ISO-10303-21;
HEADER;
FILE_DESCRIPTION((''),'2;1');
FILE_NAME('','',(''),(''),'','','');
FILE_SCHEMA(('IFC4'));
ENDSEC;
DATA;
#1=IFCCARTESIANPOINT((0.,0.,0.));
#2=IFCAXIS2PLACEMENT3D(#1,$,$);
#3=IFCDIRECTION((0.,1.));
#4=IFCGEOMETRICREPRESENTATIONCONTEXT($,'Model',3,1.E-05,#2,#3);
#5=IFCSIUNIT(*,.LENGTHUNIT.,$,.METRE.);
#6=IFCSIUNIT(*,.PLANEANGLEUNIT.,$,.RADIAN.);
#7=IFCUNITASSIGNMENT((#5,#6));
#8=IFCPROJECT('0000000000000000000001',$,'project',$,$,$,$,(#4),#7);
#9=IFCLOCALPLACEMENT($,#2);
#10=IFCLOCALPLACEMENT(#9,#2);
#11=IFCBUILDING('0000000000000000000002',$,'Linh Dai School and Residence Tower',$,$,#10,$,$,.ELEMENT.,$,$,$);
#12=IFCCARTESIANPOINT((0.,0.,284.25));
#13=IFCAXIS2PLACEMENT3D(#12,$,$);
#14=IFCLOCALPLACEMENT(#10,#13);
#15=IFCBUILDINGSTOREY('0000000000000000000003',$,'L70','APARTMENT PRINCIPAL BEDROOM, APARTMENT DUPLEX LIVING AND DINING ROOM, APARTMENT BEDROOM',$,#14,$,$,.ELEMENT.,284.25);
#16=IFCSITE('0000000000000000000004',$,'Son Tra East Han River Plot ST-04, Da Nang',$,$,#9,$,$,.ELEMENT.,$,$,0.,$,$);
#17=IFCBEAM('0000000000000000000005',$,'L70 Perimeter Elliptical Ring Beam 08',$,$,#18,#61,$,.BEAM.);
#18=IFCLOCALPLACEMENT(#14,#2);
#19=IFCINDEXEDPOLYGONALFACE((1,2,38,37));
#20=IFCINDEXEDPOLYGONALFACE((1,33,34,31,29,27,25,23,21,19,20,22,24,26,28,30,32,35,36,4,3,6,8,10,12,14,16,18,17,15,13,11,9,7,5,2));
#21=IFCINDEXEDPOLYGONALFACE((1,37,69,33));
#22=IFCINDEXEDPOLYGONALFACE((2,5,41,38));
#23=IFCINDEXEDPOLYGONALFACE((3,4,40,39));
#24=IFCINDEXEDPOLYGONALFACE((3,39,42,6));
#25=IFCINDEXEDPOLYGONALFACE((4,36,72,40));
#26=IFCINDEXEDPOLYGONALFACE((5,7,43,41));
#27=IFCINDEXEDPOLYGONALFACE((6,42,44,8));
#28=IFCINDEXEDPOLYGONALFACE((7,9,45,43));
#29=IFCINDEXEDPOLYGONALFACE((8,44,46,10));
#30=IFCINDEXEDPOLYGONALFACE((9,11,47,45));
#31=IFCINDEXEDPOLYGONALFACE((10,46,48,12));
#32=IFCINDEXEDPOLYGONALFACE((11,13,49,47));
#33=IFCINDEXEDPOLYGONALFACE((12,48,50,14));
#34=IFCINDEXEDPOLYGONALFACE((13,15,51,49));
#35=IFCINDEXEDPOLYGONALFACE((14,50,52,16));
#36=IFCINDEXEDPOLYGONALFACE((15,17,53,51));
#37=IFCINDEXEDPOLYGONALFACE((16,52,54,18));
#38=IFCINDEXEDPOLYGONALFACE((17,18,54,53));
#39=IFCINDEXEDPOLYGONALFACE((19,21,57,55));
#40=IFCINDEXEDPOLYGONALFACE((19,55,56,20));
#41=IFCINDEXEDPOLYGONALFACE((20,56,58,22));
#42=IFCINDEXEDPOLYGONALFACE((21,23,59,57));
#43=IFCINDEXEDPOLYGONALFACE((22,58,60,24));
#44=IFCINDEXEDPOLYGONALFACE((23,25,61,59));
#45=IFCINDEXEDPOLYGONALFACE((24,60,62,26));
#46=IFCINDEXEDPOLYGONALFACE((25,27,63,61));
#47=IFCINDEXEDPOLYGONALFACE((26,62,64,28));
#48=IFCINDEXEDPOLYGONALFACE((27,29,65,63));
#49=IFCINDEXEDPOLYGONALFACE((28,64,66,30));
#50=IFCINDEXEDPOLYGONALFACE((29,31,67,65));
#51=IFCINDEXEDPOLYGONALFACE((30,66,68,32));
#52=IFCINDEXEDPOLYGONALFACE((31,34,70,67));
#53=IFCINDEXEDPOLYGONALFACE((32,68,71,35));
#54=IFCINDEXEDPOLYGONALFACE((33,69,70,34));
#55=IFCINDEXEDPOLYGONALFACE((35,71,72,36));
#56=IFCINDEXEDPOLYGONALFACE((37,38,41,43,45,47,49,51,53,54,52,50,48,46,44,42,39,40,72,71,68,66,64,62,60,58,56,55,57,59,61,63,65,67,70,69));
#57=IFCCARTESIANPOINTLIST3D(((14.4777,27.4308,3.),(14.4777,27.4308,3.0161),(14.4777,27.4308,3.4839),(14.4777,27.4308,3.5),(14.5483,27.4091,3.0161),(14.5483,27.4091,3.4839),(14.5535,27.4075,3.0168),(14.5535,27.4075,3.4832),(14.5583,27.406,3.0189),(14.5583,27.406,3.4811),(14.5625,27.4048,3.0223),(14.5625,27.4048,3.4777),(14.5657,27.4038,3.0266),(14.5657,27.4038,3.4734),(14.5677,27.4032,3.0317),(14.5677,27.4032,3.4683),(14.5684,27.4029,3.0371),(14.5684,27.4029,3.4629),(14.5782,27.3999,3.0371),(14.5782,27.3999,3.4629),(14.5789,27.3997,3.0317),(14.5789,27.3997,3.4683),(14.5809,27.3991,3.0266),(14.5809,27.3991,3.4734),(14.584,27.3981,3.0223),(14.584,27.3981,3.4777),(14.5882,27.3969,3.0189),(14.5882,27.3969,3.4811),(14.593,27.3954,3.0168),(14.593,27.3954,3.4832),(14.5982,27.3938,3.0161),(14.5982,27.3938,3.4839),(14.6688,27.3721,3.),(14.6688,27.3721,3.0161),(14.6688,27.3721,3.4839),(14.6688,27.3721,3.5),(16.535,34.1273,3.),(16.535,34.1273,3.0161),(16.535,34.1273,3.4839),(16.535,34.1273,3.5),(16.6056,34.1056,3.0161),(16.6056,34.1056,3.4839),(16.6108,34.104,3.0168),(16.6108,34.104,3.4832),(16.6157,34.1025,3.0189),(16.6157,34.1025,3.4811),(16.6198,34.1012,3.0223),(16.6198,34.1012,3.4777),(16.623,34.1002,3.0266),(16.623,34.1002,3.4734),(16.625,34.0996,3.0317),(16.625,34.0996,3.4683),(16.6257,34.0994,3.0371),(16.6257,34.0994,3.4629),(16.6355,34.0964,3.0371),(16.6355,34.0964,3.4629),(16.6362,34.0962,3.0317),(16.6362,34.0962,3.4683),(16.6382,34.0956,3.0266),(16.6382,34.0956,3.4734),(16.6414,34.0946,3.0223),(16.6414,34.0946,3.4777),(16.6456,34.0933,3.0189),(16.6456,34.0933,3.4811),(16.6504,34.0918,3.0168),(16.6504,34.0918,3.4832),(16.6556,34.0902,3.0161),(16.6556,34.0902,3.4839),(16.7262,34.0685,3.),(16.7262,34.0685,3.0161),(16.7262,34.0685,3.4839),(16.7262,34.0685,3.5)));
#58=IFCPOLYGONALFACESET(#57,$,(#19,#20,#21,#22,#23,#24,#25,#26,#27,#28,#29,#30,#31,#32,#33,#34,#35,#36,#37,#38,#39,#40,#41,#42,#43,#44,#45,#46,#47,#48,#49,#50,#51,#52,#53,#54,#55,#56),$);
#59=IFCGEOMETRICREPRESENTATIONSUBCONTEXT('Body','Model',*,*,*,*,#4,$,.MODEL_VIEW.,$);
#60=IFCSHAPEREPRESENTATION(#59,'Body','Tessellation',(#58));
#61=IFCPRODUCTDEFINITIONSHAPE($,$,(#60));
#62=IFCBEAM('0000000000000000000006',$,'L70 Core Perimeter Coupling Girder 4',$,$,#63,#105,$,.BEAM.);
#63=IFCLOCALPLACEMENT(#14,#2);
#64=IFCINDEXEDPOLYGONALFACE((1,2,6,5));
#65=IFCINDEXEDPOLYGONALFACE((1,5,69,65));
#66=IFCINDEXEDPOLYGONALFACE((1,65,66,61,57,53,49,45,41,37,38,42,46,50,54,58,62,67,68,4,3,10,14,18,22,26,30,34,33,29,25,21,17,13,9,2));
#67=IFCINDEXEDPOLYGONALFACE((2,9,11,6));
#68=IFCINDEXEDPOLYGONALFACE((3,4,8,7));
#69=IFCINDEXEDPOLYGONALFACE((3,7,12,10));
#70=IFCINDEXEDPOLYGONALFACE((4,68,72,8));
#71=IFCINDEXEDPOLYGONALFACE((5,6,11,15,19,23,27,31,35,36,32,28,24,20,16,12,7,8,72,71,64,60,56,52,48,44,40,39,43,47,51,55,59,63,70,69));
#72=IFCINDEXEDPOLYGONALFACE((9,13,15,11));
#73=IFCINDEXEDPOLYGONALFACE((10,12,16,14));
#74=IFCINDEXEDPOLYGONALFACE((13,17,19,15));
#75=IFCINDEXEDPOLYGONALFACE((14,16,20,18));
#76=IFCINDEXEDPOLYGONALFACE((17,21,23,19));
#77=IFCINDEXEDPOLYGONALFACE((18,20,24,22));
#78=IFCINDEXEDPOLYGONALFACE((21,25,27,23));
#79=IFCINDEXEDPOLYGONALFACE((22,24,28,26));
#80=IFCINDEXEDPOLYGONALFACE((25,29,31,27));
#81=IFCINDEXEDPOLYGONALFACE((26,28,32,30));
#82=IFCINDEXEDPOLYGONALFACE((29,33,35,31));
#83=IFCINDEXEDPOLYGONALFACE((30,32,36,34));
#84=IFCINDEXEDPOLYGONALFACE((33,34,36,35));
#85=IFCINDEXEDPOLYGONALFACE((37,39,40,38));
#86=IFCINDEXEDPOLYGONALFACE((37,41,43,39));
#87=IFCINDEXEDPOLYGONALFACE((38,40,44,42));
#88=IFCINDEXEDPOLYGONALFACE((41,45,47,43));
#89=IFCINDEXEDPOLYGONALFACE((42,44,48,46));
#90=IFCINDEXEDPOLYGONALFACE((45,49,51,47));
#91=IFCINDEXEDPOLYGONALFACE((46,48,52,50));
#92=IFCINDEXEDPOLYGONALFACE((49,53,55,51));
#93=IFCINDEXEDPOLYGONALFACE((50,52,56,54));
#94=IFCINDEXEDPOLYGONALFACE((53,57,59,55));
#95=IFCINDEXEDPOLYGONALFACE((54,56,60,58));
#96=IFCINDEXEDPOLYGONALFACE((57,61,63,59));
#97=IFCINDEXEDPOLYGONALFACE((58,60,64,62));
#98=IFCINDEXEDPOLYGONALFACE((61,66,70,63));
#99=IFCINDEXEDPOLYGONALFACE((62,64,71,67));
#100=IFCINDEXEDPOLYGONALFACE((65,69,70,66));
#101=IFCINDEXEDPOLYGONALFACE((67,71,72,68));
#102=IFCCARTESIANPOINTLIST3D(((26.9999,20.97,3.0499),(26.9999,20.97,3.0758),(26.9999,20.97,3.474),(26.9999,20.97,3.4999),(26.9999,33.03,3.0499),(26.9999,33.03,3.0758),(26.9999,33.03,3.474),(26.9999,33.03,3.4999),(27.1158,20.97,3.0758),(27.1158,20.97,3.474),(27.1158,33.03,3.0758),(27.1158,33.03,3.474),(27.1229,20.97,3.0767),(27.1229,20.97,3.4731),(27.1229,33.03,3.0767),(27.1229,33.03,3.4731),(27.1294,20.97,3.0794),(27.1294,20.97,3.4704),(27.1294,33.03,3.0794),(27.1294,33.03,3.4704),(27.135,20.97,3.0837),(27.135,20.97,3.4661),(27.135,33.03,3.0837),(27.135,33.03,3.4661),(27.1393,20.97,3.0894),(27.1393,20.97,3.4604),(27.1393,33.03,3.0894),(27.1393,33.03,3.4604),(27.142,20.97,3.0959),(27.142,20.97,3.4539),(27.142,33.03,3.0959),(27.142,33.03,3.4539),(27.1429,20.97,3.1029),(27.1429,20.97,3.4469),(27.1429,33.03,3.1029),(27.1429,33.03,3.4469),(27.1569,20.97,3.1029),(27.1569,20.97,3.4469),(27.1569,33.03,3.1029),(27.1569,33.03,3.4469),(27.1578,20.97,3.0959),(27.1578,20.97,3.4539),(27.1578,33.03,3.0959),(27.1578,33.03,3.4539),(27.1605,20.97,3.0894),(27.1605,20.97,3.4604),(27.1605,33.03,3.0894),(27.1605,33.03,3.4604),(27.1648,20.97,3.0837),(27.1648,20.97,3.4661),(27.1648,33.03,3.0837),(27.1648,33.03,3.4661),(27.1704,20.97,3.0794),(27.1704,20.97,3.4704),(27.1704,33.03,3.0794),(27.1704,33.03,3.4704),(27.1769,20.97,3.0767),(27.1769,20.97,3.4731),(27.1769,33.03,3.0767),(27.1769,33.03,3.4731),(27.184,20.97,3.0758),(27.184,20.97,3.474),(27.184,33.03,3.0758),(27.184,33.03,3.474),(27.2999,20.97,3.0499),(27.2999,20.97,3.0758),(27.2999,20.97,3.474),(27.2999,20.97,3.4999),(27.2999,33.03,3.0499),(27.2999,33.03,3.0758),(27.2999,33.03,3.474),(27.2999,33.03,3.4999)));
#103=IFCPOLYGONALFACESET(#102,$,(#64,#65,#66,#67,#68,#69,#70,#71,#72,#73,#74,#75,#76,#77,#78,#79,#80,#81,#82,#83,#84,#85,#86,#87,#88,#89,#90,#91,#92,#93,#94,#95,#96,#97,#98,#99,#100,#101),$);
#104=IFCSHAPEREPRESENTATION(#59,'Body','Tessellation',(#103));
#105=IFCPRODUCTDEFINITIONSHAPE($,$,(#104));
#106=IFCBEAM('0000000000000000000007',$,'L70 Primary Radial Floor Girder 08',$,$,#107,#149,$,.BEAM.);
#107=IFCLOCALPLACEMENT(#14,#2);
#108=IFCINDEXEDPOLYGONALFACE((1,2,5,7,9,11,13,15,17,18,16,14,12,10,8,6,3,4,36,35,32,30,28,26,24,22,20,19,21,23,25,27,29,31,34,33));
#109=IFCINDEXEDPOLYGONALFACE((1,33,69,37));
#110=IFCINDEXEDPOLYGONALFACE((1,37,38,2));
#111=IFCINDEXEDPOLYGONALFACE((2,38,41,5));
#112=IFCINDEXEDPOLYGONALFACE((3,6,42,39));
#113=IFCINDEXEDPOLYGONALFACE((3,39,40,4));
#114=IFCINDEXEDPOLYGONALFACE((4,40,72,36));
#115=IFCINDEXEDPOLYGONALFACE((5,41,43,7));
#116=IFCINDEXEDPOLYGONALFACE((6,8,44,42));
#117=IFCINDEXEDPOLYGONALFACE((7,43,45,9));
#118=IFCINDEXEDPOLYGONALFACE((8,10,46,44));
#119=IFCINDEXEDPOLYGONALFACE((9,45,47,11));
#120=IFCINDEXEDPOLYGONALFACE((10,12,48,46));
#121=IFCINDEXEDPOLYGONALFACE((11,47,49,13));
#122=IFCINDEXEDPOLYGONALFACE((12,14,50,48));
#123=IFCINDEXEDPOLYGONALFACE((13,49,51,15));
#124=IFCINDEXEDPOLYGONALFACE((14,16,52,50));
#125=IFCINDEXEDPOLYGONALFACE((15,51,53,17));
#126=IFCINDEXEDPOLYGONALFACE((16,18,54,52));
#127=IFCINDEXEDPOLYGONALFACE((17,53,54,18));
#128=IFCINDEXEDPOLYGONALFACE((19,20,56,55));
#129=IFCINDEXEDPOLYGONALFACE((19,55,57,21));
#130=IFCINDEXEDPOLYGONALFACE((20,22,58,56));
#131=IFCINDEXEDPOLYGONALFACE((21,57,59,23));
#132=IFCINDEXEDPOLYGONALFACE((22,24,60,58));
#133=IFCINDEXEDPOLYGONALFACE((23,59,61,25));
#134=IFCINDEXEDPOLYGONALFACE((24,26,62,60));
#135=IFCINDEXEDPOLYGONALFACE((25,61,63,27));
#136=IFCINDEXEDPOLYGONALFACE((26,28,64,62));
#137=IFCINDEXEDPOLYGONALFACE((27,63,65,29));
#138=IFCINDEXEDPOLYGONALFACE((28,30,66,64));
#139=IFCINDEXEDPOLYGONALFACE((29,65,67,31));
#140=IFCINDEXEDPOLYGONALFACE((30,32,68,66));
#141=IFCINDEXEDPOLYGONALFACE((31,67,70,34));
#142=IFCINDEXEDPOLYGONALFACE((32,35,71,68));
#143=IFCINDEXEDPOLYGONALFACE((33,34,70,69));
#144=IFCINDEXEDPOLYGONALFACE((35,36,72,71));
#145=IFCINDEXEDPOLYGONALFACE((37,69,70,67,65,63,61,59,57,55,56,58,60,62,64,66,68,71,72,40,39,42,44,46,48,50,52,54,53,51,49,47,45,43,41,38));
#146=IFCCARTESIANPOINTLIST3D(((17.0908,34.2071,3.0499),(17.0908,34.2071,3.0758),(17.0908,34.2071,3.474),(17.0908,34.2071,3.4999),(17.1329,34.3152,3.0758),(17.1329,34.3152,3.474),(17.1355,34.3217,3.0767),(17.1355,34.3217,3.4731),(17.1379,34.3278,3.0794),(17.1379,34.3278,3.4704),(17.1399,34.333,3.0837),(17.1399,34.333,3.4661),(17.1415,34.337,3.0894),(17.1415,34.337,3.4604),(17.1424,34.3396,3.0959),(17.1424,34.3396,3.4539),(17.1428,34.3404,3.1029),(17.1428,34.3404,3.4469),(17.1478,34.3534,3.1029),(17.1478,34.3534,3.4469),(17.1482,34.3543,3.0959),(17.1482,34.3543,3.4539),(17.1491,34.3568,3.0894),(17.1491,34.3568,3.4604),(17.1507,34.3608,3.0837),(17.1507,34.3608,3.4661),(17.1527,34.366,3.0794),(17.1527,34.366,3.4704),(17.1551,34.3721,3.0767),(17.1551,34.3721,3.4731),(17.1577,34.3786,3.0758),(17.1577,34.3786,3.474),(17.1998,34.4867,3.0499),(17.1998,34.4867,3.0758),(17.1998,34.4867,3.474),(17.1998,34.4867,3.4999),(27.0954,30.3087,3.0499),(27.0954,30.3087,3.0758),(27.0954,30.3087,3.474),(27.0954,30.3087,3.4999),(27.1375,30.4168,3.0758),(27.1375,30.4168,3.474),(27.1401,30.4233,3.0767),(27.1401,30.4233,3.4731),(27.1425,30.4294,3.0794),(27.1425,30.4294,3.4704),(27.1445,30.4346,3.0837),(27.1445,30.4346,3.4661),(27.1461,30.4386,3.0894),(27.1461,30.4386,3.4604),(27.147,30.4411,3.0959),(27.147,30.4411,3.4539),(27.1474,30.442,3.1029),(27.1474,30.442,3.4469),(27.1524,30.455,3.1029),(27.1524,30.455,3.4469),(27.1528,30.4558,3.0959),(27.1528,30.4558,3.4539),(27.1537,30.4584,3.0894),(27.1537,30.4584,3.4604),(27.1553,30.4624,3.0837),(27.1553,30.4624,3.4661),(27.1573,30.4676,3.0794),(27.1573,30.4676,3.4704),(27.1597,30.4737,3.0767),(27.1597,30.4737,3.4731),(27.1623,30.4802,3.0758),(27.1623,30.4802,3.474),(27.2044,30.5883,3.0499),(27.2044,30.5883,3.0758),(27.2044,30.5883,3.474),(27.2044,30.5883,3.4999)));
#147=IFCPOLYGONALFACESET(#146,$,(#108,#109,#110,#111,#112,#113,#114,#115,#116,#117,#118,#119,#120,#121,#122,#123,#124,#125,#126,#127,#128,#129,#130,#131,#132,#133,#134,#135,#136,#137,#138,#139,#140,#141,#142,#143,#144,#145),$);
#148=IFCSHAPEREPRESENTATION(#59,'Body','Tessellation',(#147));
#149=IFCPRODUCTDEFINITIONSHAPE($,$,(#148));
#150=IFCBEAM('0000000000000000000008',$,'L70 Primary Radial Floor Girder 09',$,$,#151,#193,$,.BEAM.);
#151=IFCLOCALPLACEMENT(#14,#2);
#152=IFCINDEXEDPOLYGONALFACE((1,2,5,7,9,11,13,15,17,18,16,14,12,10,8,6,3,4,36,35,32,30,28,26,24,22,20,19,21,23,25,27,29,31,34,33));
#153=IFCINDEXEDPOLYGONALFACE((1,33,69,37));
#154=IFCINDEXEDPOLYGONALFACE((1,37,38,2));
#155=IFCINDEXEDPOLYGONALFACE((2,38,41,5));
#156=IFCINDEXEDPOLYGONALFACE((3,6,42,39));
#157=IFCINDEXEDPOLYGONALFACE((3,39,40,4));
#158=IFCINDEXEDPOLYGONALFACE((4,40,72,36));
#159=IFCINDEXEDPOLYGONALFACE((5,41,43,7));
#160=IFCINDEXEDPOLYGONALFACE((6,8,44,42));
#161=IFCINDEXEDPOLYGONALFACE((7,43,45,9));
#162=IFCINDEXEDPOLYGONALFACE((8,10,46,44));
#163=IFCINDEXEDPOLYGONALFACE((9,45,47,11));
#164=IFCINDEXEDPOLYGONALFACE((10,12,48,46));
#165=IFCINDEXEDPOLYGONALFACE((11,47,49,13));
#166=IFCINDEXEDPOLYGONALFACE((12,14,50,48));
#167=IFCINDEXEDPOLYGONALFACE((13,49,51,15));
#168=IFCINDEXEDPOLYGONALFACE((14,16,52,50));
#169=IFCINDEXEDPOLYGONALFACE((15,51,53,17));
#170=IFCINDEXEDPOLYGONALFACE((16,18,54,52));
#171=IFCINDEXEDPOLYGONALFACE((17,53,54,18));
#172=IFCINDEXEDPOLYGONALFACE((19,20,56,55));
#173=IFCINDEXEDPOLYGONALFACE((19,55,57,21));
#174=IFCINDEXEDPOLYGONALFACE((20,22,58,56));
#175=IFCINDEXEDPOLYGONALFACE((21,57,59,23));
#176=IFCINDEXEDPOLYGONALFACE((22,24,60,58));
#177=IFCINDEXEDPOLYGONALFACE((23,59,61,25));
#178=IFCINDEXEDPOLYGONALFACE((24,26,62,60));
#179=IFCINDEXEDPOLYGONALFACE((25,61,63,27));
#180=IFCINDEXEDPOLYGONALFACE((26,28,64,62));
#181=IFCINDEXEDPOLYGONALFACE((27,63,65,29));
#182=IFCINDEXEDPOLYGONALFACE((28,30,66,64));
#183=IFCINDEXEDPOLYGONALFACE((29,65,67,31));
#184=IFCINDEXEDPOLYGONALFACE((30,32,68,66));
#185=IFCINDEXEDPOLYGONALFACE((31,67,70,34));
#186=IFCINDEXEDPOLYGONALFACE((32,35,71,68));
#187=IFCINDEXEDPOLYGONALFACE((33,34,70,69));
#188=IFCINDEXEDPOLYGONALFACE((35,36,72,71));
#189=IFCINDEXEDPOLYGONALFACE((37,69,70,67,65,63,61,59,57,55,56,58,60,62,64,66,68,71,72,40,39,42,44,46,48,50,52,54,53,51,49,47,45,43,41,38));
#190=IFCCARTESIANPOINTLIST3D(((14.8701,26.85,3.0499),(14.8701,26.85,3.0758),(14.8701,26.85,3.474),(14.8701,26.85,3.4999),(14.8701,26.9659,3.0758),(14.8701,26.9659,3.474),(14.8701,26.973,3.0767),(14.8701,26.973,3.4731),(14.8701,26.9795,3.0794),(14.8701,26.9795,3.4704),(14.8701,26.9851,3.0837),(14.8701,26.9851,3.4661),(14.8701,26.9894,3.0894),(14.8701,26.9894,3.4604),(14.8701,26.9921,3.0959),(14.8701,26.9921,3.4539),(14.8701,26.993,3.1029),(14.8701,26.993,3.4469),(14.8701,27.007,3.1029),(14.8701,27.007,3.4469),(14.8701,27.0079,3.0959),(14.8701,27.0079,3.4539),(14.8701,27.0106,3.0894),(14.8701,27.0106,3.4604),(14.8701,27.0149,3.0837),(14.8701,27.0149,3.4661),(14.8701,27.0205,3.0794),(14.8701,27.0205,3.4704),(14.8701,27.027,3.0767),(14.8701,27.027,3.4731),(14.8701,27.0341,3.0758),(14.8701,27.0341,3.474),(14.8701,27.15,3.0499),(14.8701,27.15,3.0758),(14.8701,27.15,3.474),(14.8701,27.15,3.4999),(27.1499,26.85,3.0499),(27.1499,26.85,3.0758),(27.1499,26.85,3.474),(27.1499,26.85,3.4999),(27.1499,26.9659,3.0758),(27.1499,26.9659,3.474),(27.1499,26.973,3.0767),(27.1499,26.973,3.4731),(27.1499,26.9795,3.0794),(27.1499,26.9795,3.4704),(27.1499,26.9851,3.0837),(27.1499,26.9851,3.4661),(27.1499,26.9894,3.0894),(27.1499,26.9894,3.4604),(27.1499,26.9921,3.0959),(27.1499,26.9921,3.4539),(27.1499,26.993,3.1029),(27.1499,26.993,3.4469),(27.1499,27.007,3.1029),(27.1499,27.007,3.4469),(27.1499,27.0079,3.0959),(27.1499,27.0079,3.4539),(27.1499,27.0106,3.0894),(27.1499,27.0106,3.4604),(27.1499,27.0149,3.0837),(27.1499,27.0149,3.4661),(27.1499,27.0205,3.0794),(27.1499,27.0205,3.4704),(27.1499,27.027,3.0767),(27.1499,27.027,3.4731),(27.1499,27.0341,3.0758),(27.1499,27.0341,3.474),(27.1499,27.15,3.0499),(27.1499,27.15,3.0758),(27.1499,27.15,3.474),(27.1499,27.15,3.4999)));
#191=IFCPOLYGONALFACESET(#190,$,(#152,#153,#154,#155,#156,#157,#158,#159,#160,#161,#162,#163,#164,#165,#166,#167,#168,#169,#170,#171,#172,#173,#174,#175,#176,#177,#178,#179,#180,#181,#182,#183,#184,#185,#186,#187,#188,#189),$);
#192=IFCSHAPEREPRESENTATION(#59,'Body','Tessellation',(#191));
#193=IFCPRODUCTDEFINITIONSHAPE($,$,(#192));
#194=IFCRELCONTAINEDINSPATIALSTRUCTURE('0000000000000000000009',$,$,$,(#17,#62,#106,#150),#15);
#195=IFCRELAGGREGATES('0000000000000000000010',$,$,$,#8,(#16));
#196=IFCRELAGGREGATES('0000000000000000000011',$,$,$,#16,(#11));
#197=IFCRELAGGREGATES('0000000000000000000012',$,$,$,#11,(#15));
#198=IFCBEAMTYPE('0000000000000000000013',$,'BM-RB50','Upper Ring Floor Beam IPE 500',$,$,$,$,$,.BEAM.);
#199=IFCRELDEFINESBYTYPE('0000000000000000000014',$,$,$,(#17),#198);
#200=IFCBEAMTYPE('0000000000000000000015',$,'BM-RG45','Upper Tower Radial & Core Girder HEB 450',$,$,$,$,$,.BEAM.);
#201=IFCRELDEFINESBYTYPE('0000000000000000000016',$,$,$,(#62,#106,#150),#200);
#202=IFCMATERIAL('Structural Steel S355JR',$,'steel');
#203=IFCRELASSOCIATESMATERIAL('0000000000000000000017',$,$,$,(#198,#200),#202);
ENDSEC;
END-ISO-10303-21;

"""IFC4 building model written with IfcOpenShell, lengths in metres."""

from ifc_helpers import new_model, si_unit, direction, frame, origin, origin_2d, place, context, subcontext, project, spatial, i_section, extrude, material, material_profile, profile_set, type_object, element, save


model = new_model("IFC4")

# Units and contexts
model_context = context("Model", 3, precision=1e-05, world=origin(), true_north=direction((0.0, 1.0)))
body_context = subcontext(model_context, "Body", "Model", "MODEL_VIEW")
ifc_project = project(units=[si_unit("LENGTHUNIT", "METRE"), si_unit("PLANEANGLEUNIT", "RADIAN")], contexts=[model_context])

# Site, building, storey
site_placement = place(None, origin())
site = spatial("IfcSite", under=ifc_project, at=site_placement, Name="Son Tra East Han River Plot ST-04, Da Nang", CompositionType="ELEMENT", RefElevation=0.0)
building_placement = place(site_placement, origin())
building = spatial("IfcBuilding", under=site, at=building_placement, Name="Linh Dai School and Residence Tower", CompositionType="ELEMENT")
storey_placement = place(building_placement, frame((0.0, 0.0, 284.25)))
storey = spatial("IfcBuildingStorey", under=building, at=storey_placement, Name="L70", Description="APARTMENT PRINCIPAL BEDROOM, APARTMENT DUPLEX LIVING AND DINING ROOM, APARTMENT BEDROOM", CompositionType="ELEMENT", Elevation=284.25)

# Shared definitions
ifc_material_1 = material(Name="Structural Steel S355JR", Category="steel")

# Beams
ifc_material_profile_1 = material_profile(ifc_material_1, i_section(OverallWidth=0.2, OverallDepth=0.5, WebThickness=0.0103, FlangeThickness=0.0161, FilletRadius=0.021, at=origin_2d()), Name="IPE 500")
ifc_profile_set_1 = profile_set([ifc_material_profile_1], Name="Structural Steel S355JR")
beam_type_1 = type_object("IfcBeamType", Name="BM-RB50", Description="Upper Ring Floor Beam IPE 500", PredefinedType="BEAM", material=ifc_profile_set_1)
beam_1_placement = place(storey_placement, frame((16.6306, 34.0979, 3.25), z_axis=(-0.293682, -0.955903, 0.0), x_axis=(0.955903, -0.293682, 0.0)))
element("IfcBeam", 1, at=beam_1_placement, inside=storey, type_object=beam_type_1, Name="L70 Perimeter Elliptical Ring Beam 08", PredefinedType="BEAM", context=body_context, shape_type="SweptSolid", body=[
    extrude(i_section(OverallWidth=0.2, OverallDepth=0.5, WebThickness=0.0103, FlangeThickness=0.0161, FilletRadius=0.021, at=origin_2d()), origin(), (0.0, 0.0, 1.0), 7.0054),
])
ifc_material_profile_2 = material_profile(ifc_material_1, i_section(OverallWidth=0.3, OverallDepth=0.45, WebThickness=0.0139, FlangeThickness=0.0259, FilletRadius=0.0271, at=origin_2d()), Name="HEB 450")
ifc_profile_set_2 = profile_set([ifc_material_profile_2], Name="Structural Steel S355JR")
beam_type_2 = type_object("IfcBeamType", Name="BM-RG45", Description="Upper Tower Radial & Core Girder HEB 450", PredefinedType="BEAM", material=ifc_profile_set_2)
beam_2_placement = place(storey_placement, frame((27.1499, 33.03, 3.2749), z_axis=(0.0, -1.0, 0.0), x_axis=(1.0, 0.0, 0.0)))
element("IfcBeam", 2, at=beam_2_placement, inside=storey, type_object=beam_type_2, Name="L70 Core Perimeter Coupling Girder 4", PredefinedType="BEAM", context=body_context, shape_type="SweptSolid", body=[
    extrude(i_section(OverallWidth=0.3, OverallDepth=0.45, WebThickness=0.0139, FlangeThickness=0.0259, FilletRadius=0.0271, at=origin_2d()), origin(), (0.0, 0.0, 1.0), 12.0601),
])
beam_3_placement = place(storey_placement, frame((27.1499, 30.4485, 3.2749), z_axis=(-0.931761, 0.363073, 0.0), x_axis=(-0.363073, -0.931761, 0.0)))
element("IfcBeam", 3, at=beam_3_placement, inside=storey, type_object=beam_type_2, Name="L70 Primary Radial Floor Girder 08", PredefinedType="BEAM", context=body_context, shape_type="SweptSolid", body=[
    extrude(i_section(OverallWidth=0.3, OverallDepth=0.45, WebThickness=0.0139, FlangeThickness=0.0259, FilletRadius=0.0271, at=origin_2d()), origin(), (0.0, 0.0, 1.0), 10.7373),
])
beam_4_placement = place(storey_placement, frame((27.1499, 27.0, 3.2749), z_axis=(-1.0, 0.0, 0.0), x_axis=(0.0, -1.0, 0.0)))
element("IfcBeam", 4, at=beam_4_placement, inside=storey, type_object=beam_type_2, Name="L70 Primary Radial Floor Girder 09", PredefinedType="BEAM", context=body_context, shape_type="SweptSolid", body=[
    extrude(i_section(OverallWidth=0.3, OverallDepth=0.45, WebThickness=0.0139, FlangeThickness=0.0259, FilletRadius=0.0271, at=origin_2d()), origin(), (0.0, 0.0, 1.0), 12.2798),
])

save(model, "model.ifc")
